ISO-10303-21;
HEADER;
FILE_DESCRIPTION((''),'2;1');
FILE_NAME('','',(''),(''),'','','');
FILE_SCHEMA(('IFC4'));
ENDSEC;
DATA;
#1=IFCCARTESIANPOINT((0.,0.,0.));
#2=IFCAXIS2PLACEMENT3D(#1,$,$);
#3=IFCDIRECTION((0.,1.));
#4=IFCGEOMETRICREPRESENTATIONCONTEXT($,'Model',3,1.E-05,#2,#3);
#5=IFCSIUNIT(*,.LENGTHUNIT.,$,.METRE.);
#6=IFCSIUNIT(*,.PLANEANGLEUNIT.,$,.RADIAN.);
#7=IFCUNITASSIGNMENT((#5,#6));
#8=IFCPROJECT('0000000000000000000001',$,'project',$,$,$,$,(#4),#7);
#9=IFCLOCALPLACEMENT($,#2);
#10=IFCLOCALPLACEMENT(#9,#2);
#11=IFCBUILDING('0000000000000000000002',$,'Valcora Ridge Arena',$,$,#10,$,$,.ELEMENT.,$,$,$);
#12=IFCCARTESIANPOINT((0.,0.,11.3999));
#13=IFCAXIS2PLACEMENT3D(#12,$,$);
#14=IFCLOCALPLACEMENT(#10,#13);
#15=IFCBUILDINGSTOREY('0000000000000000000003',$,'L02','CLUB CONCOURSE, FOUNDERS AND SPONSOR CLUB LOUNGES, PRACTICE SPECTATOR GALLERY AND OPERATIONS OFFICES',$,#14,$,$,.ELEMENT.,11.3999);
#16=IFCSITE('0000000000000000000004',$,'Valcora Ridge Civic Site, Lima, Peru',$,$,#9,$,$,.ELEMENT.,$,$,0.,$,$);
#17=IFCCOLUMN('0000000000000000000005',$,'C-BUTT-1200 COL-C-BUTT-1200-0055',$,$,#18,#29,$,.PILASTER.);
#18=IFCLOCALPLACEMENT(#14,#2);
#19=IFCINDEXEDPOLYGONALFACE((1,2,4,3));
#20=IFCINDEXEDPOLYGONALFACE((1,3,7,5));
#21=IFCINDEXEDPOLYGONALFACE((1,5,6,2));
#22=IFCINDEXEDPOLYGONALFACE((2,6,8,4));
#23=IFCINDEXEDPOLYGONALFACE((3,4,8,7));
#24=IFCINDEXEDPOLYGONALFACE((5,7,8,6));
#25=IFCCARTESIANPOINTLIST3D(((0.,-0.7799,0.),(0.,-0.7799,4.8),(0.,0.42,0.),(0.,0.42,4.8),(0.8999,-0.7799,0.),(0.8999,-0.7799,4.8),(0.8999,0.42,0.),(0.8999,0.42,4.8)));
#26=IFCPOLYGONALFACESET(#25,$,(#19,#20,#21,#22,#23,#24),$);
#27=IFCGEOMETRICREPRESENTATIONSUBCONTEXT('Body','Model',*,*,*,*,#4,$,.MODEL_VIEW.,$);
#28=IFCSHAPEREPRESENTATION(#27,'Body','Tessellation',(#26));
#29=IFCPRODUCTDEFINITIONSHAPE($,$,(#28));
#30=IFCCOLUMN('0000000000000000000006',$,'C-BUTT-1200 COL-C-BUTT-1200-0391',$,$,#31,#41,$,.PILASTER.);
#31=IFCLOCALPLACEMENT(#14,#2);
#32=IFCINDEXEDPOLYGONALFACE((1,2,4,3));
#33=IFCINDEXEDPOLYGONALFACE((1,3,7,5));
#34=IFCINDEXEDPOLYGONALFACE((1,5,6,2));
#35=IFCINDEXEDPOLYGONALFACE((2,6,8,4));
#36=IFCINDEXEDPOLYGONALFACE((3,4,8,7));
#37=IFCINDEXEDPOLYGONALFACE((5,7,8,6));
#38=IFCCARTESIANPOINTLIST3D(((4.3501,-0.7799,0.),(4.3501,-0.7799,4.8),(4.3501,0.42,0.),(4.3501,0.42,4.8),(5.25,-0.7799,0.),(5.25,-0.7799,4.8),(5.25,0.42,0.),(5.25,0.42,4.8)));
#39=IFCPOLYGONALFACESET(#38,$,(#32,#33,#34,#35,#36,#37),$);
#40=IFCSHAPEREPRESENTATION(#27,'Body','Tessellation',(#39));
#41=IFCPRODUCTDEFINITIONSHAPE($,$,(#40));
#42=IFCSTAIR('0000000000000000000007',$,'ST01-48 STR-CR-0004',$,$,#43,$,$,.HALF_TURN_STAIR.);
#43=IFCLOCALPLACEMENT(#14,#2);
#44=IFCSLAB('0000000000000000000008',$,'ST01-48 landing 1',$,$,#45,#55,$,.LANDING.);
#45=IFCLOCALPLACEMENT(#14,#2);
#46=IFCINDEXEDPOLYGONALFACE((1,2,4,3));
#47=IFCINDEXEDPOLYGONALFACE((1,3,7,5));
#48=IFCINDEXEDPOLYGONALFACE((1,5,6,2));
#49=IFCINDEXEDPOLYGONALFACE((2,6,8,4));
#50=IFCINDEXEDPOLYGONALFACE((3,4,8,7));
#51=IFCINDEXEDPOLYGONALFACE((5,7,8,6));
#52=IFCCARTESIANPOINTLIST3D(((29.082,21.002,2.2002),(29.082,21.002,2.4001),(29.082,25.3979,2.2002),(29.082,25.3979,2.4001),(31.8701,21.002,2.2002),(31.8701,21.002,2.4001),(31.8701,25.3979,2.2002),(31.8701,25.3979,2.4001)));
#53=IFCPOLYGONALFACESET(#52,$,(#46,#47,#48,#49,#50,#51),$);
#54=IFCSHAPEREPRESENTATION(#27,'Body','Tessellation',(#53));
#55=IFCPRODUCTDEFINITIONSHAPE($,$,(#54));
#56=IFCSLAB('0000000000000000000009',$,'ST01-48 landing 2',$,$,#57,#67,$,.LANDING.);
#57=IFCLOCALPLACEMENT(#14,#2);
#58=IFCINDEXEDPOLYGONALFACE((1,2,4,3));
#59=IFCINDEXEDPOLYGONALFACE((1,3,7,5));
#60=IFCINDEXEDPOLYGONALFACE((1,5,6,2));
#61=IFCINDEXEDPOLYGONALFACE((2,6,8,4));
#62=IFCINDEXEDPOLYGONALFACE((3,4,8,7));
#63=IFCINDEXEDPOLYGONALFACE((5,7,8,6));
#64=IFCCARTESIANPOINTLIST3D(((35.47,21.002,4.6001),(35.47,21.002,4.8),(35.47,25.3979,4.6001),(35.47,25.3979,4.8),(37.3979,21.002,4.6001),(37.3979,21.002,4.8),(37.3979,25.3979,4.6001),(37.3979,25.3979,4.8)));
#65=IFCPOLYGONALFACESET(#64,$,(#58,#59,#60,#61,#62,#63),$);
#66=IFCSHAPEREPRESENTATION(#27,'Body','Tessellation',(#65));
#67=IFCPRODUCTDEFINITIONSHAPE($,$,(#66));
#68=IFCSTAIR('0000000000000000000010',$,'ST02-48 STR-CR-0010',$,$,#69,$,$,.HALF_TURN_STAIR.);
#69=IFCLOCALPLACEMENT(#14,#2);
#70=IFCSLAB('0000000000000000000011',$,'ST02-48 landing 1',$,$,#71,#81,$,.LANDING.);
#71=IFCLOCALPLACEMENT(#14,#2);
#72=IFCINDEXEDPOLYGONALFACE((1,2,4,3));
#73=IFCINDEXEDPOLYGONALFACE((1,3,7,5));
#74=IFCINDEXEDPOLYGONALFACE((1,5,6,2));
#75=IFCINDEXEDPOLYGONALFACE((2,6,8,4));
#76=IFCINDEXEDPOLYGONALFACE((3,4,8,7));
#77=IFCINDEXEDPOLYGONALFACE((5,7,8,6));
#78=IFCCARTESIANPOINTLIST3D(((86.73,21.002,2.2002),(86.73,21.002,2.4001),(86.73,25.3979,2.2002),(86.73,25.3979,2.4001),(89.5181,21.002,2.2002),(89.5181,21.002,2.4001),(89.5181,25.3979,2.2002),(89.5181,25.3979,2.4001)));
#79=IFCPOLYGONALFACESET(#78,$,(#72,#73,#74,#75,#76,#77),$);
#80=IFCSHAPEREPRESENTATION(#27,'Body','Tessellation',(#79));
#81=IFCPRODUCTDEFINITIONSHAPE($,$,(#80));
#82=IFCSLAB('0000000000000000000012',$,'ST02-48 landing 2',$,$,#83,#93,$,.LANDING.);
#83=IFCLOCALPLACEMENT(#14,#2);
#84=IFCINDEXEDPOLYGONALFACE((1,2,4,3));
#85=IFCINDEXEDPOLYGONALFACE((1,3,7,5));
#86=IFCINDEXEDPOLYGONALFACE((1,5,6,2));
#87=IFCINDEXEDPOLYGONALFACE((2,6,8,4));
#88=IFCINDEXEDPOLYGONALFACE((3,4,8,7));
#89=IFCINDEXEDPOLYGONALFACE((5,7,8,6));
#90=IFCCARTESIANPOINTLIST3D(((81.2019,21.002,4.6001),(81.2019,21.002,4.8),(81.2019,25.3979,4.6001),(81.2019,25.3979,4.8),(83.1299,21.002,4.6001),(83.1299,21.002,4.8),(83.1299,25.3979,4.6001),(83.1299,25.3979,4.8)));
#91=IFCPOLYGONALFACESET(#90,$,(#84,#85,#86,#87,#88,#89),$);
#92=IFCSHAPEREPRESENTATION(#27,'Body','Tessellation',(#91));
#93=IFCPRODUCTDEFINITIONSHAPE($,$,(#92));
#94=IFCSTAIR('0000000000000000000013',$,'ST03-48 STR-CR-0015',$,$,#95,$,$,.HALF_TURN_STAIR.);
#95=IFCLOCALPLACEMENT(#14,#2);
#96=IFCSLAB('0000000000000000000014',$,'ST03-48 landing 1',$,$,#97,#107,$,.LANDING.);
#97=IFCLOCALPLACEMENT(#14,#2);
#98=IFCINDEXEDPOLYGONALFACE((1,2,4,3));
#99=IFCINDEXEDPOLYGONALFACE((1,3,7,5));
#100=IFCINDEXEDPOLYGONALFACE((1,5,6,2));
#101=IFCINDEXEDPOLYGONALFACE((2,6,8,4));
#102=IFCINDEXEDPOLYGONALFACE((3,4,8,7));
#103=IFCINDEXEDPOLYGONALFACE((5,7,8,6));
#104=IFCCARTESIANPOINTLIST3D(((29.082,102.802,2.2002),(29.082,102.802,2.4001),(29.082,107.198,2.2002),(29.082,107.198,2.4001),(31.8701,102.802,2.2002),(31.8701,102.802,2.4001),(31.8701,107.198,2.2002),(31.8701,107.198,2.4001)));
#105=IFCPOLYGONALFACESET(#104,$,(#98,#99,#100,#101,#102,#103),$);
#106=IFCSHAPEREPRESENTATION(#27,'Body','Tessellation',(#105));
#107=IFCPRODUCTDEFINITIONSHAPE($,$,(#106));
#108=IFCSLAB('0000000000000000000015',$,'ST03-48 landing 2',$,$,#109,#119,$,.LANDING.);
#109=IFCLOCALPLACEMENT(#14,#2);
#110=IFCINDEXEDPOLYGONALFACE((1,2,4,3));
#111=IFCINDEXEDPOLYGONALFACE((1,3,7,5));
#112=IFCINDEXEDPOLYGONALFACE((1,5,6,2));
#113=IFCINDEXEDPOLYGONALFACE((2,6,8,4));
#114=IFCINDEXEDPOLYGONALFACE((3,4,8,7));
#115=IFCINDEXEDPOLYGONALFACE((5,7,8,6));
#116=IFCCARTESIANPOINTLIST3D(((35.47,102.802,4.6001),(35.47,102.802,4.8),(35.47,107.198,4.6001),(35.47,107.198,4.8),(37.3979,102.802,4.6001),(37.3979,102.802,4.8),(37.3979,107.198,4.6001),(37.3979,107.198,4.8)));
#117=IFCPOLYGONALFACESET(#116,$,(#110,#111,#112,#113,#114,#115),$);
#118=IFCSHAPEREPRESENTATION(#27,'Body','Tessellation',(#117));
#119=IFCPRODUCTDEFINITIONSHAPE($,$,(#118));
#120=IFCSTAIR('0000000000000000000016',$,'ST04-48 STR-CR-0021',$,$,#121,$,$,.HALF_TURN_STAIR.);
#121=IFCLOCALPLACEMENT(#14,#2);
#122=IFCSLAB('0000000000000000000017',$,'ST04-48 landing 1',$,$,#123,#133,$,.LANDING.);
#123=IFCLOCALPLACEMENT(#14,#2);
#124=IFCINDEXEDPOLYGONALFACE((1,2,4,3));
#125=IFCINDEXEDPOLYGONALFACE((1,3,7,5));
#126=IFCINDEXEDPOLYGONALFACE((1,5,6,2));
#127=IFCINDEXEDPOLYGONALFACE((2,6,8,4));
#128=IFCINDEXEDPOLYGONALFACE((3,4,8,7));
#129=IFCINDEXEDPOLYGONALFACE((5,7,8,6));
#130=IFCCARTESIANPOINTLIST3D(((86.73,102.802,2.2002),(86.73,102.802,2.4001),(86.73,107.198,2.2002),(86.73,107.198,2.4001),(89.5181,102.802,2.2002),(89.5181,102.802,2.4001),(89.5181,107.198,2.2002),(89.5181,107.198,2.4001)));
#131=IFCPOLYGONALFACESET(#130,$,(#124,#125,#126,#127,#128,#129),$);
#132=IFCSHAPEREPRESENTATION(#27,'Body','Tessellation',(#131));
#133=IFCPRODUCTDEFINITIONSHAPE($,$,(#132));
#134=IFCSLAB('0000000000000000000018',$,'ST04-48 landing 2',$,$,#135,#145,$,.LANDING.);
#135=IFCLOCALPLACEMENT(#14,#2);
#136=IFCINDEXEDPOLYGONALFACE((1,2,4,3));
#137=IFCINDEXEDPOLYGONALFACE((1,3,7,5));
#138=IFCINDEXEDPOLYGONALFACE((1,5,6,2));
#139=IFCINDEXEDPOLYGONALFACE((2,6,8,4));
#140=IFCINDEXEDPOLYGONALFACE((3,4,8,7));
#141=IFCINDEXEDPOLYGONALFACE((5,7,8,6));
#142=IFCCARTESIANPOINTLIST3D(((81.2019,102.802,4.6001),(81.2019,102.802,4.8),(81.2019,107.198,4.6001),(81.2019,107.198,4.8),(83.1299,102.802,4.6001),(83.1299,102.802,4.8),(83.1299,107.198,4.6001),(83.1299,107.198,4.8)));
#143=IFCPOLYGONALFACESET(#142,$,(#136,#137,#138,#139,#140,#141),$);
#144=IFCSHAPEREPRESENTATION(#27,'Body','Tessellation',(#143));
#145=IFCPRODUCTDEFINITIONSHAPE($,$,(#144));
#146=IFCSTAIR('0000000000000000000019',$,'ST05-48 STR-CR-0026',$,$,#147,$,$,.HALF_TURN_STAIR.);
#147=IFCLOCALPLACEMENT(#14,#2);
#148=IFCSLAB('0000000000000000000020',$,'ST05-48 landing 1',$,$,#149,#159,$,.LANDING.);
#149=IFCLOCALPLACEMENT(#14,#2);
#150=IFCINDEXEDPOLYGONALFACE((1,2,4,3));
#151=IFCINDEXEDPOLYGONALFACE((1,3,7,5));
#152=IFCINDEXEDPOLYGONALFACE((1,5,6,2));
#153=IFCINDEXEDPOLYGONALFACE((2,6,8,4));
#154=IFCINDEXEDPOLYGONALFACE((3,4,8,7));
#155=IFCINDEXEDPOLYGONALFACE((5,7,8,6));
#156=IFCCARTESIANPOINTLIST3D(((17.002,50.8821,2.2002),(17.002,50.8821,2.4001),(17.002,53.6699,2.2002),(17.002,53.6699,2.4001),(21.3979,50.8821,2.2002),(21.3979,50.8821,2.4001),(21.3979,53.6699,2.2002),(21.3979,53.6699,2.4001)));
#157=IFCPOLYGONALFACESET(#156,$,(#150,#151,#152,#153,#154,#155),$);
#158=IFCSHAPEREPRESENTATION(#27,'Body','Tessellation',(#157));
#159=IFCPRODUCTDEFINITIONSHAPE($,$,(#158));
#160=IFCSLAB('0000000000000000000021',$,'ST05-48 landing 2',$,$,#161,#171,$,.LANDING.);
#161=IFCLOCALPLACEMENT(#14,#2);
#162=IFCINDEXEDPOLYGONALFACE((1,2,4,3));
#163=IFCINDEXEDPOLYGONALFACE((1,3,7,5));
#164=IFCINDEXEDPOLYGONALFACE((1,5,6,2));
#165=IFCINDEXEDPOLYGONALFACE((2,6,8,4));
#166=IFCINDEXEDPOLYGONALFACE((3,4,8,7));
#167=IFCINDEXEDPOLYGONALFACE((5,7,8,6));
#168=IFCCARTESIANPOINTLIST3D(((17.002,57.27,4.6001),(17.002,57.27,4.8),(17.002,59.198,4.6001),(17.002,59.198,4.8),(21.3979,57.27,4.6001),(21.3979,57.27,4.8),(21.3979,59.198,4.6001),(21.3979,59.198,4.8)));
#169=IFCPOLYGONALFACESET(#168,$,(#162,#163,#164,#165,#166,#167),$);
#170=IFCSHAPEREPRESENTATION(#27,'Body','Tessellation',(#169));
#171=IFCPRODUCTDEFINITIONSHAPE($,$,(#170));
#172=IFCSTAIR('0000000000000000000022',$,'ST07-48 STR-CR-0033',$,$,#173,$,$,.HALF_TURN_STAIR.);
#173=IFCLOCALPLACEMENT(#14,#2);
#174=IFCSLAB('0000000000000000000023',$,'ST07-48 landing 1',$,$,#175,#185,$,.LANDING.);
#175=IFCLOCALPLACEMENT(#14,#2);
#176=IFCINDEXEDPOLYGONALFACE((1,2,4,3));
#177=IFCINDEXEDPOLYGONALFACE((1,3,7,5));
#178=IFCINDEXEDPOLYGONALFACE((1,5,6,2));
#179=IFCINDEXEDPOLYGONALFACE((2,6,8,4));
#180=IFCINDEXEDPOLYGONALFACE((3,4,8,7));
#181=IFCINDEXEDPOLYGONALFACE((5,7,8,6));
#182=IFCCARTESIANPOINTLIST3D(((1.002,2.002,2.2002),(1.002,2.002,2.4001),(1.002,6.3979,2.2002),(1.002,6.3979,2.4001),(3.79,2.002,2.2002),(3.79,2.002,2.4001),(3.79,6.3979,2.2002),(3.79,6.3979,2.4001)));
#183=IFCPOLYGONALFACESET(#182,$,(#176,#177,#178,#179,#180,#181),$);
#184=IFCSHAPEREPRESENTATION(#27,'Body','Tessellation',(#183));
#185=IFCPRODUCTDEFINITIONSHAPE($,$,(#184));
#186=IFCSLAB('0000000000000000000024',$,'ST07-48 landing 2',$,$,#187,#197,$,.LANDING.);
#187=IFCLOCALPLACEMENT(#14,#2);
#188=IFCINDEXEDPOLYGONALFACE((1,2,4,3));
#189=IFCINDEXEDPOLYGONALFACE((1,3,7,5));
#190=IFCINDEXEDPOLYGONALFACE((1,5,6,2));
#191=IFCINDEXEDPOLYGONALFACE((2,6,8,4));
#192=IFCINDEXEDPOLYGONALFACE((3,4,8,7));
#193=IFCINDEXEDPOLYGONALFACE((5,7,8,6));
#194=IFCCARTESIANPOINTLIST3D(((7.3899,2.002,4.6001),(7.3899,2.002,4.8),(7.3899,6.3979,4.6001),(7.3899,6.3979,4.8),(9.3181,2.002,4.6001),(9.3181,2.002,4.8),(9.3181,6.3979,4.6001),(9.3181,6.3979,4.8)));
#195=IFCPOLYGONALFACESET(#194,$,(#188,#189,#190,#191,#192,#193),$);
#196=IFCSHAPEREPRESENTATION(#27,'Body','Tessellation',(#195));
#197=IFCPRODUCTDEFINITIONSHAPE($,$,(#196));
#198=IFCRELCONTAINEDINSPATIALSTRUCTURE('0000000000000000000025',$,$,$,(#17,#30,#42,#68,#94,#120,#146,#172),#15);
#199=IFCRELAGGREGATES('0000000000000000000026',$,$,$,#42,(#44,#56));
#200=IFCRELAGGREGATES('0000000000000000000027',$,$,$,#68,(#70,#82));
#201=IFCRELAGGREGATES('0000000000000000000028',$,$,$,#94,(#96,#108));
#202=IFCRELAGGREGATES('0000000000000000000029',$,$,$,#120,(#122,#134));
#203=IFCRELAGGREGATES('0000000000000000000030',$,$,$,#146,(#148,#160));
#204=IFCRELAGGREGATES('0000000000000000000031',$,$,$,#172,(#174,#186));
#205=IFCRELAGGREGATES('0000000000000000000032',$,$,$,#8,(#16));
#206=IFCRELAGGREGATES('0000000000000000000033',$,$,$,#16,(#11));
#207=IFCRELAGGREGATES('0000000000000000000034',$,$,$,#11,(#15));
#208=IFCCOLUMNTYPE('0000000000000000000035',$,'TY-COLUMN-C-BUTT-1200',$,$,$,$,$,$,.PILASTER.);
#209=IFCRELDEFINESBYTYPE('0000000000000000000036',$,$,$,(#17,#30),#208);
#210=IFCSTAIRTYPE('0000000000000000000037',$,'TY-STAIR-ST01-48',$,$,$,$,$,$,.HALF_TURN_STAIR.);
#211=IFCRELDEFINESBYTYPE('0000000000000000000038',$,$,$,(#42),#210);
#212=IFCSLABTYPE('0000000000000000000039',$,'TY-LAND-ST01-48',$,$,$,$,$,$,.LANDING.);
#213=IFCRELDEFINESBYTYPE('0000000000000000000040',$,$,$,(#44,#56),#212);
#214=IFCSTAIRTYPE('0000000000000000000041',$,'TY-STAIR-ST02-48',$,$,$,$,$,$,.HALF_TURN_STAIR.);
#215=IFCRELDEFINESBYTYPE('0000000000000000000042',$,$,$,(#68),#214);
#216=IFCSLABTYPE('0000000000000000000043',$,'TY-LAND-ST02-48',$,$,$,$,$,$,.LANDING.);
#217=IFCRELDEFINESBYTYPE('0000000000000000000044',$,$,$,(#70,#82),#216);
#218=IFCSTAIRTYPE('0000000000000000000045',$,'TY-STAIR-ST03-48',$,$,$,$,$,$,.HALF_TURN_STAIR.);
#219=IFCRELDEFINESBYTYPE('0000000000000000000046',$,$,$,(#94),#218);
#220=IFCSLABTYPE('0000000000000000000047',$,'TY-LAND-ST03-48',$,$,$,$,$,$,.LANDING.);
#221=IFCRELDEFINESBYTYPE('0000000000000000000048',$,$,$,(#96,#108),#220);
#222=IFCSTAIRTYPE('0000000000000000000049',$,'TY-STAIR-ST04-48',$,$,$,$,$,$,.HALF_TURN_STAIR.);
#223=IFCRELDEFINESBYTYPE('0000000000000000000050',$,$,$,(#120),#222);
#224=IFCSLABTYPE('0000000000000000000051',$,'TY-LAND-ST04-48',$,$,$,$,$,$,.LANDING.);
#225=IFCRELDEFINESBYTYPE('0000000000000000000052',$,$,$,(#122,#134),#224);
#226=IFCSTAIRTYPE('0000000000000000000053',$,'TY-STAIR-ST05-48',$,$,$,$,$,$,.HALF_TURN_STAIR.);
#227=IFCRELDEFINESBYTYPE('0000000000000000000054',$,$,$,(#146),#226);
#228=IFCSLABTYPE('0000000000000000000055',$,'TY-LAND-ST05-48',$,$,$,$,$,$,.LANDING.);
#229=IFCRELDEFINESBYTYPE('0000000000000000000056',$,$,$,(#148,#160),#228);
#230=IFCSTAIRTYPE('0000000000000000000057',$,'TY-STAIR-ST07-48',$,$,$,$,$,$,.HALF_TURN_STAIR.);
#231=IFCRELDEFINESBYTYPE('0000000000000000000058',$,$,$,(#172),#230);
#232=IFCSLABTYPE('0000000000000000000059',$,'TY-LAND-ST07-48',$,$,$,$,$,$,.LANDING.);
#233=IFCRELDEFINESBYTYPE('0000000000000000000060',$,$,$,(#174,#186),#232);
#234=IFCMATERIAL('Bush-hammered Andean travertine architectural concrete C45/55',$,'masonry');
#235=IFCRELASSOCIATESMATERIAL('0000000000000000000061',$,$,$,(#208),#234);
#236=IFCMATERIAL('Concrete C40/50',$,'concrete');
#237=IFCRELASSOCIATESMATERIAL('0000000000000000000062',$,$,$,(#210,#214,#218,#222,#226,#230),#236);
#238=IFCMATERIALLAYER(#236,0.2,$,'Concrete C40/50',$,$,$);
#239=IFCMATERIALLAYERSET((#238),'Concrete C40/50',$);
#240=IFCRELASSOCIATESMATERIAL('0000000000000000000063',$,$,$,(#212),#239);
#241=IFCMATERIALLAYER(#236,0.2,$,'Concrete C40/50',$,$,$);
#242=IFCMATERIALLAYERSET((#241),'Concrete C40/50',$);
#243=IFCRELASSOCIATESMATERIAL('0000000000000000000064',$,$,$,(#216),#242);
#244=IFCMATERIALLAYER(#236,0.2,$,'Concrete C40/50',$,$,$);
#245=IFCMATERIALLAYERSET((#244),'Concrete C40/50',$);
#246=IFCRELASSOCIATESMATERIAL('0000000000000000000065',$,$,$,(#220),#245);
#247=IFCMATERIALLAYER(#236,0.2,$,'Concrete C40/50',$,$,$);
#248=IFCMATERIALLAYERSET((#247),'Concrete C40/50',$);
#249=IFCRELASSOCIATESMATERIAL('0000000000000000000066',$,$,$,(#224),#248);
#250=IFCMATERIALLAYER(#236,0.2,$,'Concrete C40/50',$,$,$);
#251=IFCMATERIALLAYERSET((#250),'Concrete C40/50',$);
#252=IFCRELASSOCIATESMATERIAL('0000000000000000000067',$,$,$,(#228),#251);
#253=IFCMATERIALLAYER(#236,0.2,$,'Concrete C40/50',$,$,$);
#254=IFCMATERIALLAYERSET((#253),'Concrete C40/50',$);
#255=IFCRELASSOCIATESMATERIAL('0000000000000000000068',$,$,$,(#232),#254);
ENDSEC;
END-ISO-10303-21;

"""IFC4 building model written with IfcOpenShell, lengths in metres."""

from ifc_helpers import new_model, si_unit, direction, frame, origin, origin_2d, place, context, subcontext, project, spatial, polyline, rectangle, outline, extrude, material, layer, layer_set, material_profile, profile_set, type_object, element, aggregate, save


model = new_model("IFC4")

# Units and contexts
model_context = context("Model", 3, precision=1e-05, world=origin(), true_north=direction((0.0, 1.0)))
body_context = subcontext(model_context, "Body", "Model", "MODEL_VIEW")
ifc_project = project(units=[si_unit("LENGTHUNIT", "METRE"), si_unit("PLANEANGLEUNIT", "RADIAN")], contexts=[model_context])

# Site, building, storey
site_placement = place(None, origin())
site = spatial("IfcSite", under=ifc_project, at=site_placement, Name="Valcora Ridge Civic Site, Lima, Peru", CompositionType="ELEMENT", RefElevation=0.0)
building_placement = place(site_placement, origin())
building = spatial("IfcBuilding", under=site, at=building_placement, Name="Valcora Ridge Arena", CompositionType="ELEMENT")
storey_placement = place(building_placement, frame((0.0, 0.0, 11.3999)))
storey = spatial("IfcBuildingStorey", under=building, at=storey_placement, Name="L02", Description="CLUB CONCOURSE, FOUNDERS AND SPONSOR CLUB LOUNGES, PRACTICE SPECTATOR GALLERY AND OPERATIONS OFFICES", CompositionType="ELEMENT", Elevation=11.3999)

# Columns
ifc_material_1 = material(Name="Bush-hammered Andean travertine architectural concrete C45/55", Category="masonry")
ifc_material_profile = material_profile(ifc_material_1, rectangle(XDim=0.8999, YDim=1.2, at=origin_2d()), Name="RC 900x1200")
ifc_profile_set = profile_set([ifc_material_profile], Name="Bush-hammered Andean travertine architectural concrete C45/55")
column_type = type_object("IfcColumnType", Name="TY-COLUMN-C-BUTT-1200", PredefinedType="PILASTER", material=ifc_profile_set)
for number, where, z_axis, x_axis, name in (
    (1, (0.45, -0.1799, 0.0), (0.0, 0.0, 1.0), (1.0, 0.0, 0.0), "C-BUTT-1200 COL-C-BUTT-1200-0055"),
    (2, (4.8, -0.1799, 0.0), (0.0, 0.0, 1.0), (1.0, 0.0, 0.0), "C-BUTT-1200 COL-C-BUTT-1200-0391"),
):
    element("IfcColumn", number, at=place(storey_placement, frame(where, z_axis=z_axis, x_axis=x_axis)), inside=storey, type_object=column_type, Name=name, PredefinedType="PILASTER", context=body_context, shape_type="SweptSolid", body=[
        extrude(rectangle(XDim=0.8999, YDim=1.2, at=origin_2d()), origin(), (0.0, 0.0, 1.0), 4.8),
    ])

# Stairs, slabs
ifc_material_2 = material(Name="Concrete C40/50", Category="concrete")
stair_type_1 = type_object("IfcStairType", Name="TY-STAIR-ST01-48", PredefinedType="HALF_TURN_STAIR", material=ifc_material_2)
stair_1_placement = place(storey_placement, origin())
stair_1 = element("IfcStair", 3, at=stair_1_placement, inside=storey, type_object=stair_type_1, Name="ST01-48 STR-CR-0004", PredefinedType="HALF_TURN_STAIR")
ifc_layer_1 = layer(ifc_material_2, 0.2, Name="Concrete C40/50")
ifc_layer_set_1 = layer_set([ifc_layer_1], Name="Concrete C40/50")
slab_type_1 = type_object("IfcSlabType", Name="TY-LAND-ST01-48", PredefinedType="LANDING", material=ifc_layer_set_1)
slab_1_placement = place(storey_placement, frame((0.0, 0.0, 2.2002)))
slab_1 = element("IfcSlab", 4, at=slab_1_placement, type_object=slab_type_1, Name="ST01-48 landing 1", PredefinedType="LANDING", context=body_context, shape_type="SweptSolid", body=[
    extrude(outline(polyline([(29.082, 21.002), (31.8701, 21.002), (31.8701, 25.3979), (29.082, 25.3979), (29.082, 21.002)])), origin(), (0.0, 0.0, 1.0), 0.2),
])
slab_2_placement = place(storey_placement, frame((0.0, 0.0, 4.6001)))
slab_2 = element("IfcSlab", 5, at=slab_2_placement, type_object=slab_type_1, Name="ST01-48 landing 2", PredefinedType="LANDING", context=body_context, shape_type="SweptSolid", body=[
    extrude(outline(polyline([(35.47, 21.002), (37.3979, 21.002), (37.3979, 25.3979), (35.47, 25.3979), (35.47, 21.002)])), origin(), (0.0, 0.0, 1.0), 0.2),
])
aggregate(stair_1, [slab_1, slab_2])
stair_type_2 = type_object("IfcStairType", Name="TY-STAIR-ST02-48", PredefinedType="HALF_TURN_STAIR", material=ifc_material_2)
stair_2_placement = place(storey_placement, origin())
stair_2 = element("IfcStair", 6, at=stair_2_placement, inside=storey, type_object=stair_type_2, Name="ST02-48 STR-CR-0010", PredefinedType="HALF_TURN_STAIR")
ifc_layer_2 = layer(ifc_material_2, 0.2, Name="Concrete C40/50")
ifc_layer_set_2 = layer_set([ifc_layer_2], Name="Concrete C40/50")
slab_type_2 = type_object("IfcSlabType", Name="TY-LAND-ST02-48", PredefinedType="LANDING", material=ifc_layer_set_2)
slab_3_placement = place(storey_placement, frame((0.0, 0.0, 2.2002)))
slab_3 = element("IfcSlab", 7, at=slab_3_placement, type_object=slab_type_2, Name="ST02-48 landing 1", PredefinedType="LANDING", context=body_context, shape_type="SweptSolid", body=[
    extrude(outline(polyline([(86.73, 21.002), (89.5181, 21.002), (89.5181, 25.3979), (86.73, 25.3979), (86.73, 21.002)])), origin(), (0.0, 0.0, 1.0), 0.2),
])
slab_4_placement = place(storey_placement, frame((0.0, 0.0, 4.6001)))
slab_4 = element("IfcSlab", 8, at=slab_4_placement, type_object=slab_type_2, Name="ST02-48 landing 2", PredefinedType="LANDING", context=body_context, shape_type="SweptSolid", body=[
    extrude(outline(polyline([(81.2019, 21.002), (83.1299, 21.002), (83.1299, 25.3979), (81.2019, 25.3979), (81.2019, 21.002)])), origin(), (0.0, 0.0, 1.0), 0.2),
])
aggregate(stair_2, [slab_3, slab_4])
stair_type_3 = type_object("IfcStairType", Name="TY-STAIR-ST03-48", PredefinedType="HALF_TURN_STAIR", material=ifc_material_2)
stair_3_placement = place(storey_placement, origin())
stair_3 = element("IfcStair", 9, at=stair_3_placement, inside=storey, type_object=stair_type_3, Name="ST03-48 STR-CR-0015", PredefinedType="HALF_TURN_STAIR")
ifc_layer_3 = layer(ifc_material_2, 0.2, Name="Concrete C40/50")
ifc_layer_set_3 = layer_set([ifc_layer_3], Name="Concrete C40/50")
slab_type_3 = type_object("IfcSlabType", Name="TY-LAND-ST03-48", PredefinedType="LANDING", material=ifc_layer_set_3)
slab_5_placement = place(storey_placement, frame((0.0, 0.0, 2.2002)))
slab_5 = element("IfcSlab", 10, at=slab_5_placement, type_object=slab_type_3, Name="ST03-48 landing 1", PredefinedType="LANDING", context=body_context, shape_type="SweptSolid", body=[
    extrude(outline(polyline([(29.082, 102.802), (31.8701, 102.802), (31.8701, 107.198), (29.082, 107.198), (29.082, 102.802)])), origin(), (0.0, 0.0, 1.0), 0.2),
])
slab_6_placement = place(storey_placement, frame((0.0, 0.0, 4.6001)))
slab_6 = element("IfcSlab", 11, at=slab_6_placement, type_object=slab_type_3, Name="ST03-48 landing 2", PredefinedType="LANDING", context=body_context, shape_type="SweptSolid", body=[
    extrude(outline(polyline([(35.47, 102.802), (37.3979, 102.802), (37.3979, 107.198), (35.47, 107.198), (35.47, 102.802)])), origin(), (0.0, 0.0, 1.0), 0.2),
])
aggregate(stair_3, [slab_5, slab_6])
stair_type_4 = type_object("IfcStairType", Name="TY-STAIR-ST04-48", PredefinedType="HALF_TURN_STAIR", material=ifc_material_2)
stair_4_placement = place(storey_placement, origin())
stair_4 = element("IfcStair", 12, at=stair_4_placement, inside=storey, type_object=stair_type_4, Name="ST04-48 STR-CR-0021", PredefinedType="HALF_TURN_STAIR")
ifc_layer_4 = layer(ifc_material_2, 0.2, Name="Concrete C40/50")
ifc_layer_set_4 = layer_set([ifc_layer_4], Name="Concrete C40/50")
slab_type_4 = type_object("IfcSlabType", Name="TY-LAND-ST04-48", PredefinedType="LANDING", material=ifc_layer_set_4)
slab_7_placement = place(storey_placement, frame((0.0, 0.0, 2.2002)))
slab_7 = element("IfcSlab", 13, at=slab_7_placement, type_object=slab_type_4, Name="ST04-48 landing 1", PredefinedType="LANDING", context=body_context, shape_type="SweptSolid", body=[
    extrude(outline(polyline([(86.73, 102.802), (89.5181, 102.802), (89.5181, 107.198), (86.73, 107.198), (86.73, 102.802)])), origin(), (0.0, 0.0, 1.0), 0.2),
])
slab_8_placement = place(storey_placement, frame((0.0, 0.0, 4.6001)))
slab_8 = element("IfcSlab", 14, at=slab_8_placement, type_object=slab_type_4, Name="ST04-48 landing 2", PredefinedType="LANDING", context=body_context, shape_type="SweptSolid", body=[
    extrude(outline(polyline([(81.2019, 102.802), (83.1299, 102.802), (83.1299, 107.198), (81.2019, 107.198), (81.2019, 102.802)])), origin(), (0.0, 0.0, 1.0), 0.2),
])
aggregate(stair_4, [slab_7, slab_8])
stair_type_5 = type_object("IfcStairType", Name="TY-STAIR-ST05-48", PredefinedType="HALF_TURN_STAIR", material=ifc_material_2)
stair_5_placement = place(storey_placement, origin())
stair_5 = element("IfcStair", 15, at=stair_5_placement, inside=storey, type_object=stair_type_5, Name="ST05-48 STR-CR-0026", PredefinedType="HALF_TURN_STAIR")
ifc_layer_5 = layer(ifc_material_2, 0.2, Name="Concrete C40/50")
ifc_layer_set_5 = layer_set([ifc_layer_5], Name="Concrete C40/50")
slab_type_5 = type_object("IfcSlabType", Name="TY-LAND-ST05-48", PredefinedType="LANDING", material=ifc_layer_set_5)
slab_9_placement = place(storey_placement, frame((0.0, 0.0, 2.2002)))
slab_9 = element("IfcSlab", 16, at=slab_9_placement, type_object=slab_type_5, Name="ST05-48 landing 1", PredefinedType="LANDING", context=body_context, shape_type="SweptSolid", body=[
    extrude(outline(polyline([(17.002, 50.8821), (21.3979, 50.8821), (21.3979, 53.6699), (17.002, 53.6699), (17.002, 50.8821)])), origin(), (0.0, 0.0, 1.0), 0.2),
])
slab_10_placement = place(storey_placement, frame((0.0, 0.0, 4.6001)))
slab_10 = element("IfcSlab", 17, at=slab_10_placement, type_object=slab_type_5, Name="ST05-48 landing 2", PredefinedType="LANDING", context=body_context, shape_type="SweptSolid", body=[
    extrude(outline(polyline([(17.002, 57.27), (21.3979, 57.27), (21.3979, 59.198), (17.002, 59.198), (17.002, 57.27)])), origin(), (0.0, 0.0, 1.0), 0.2),
])
aggregate(stair_5, [slab_9, slab_10])
stair_type_6 = type_object("IfcStairType", Name="TY-STAIR-ST07-48", PredefinedType="HALF_TURN_STAIR", material=ifc_material_2)
stair_6_placement = place(storey_placement, origin())
stair_6 = element("IfcStair", 18, at=stair_6_placement, inside=storey, type_object=stair_type_6, Name="ST07-48 STR-CR-0033", PredefinedType="HALF_TURN_STAIR")
ifc_layer_6 = layer(ifc_material_2, 0.2, Name="Concrete C40/50")
ifc_layer_set_6 = layer_set([ifc_layer_6], Name="Concrete C40/50")
slab_type_6 = type_object("IfcSlabType", Name="TY-LAND-ST07-48", PredefinedType="LANDING", material=ifc_layer_set_6)
slab_11_placement = place(storey_placement, frame((0.0, 0.0, 2.2002)))
slab_11 = element("IfcSlab", 19, at=slab_11_placement, type_object=slab_type_6, Name="ST07-48 landing 1", PredefinedType="LANDING", context=body_context, shape_type="SweptSolid", body=[
    extrude(outline(polyline([(1.002, 2.002), (3.79, 2.002), (3.79, 6.3979), (1.002, 6.3979), (1.002, 2.002)])), origin(), (0.0, 0.0, 1.0), 0.2),
])
slab_12_placement = place(storey_placement, frame((0.0, 0.0, 4.6001)))
slab_12 = element("IfcSlab", 20, at=slab_12_placement, type_object=slab_type_6, Name="ST07-48 landing 2", PredefinedType="LANDING", context=body_context, shape_type="SweptSolid", body=[
    extrude(outline(polyline([(7.3899, 2.002), (9.3181, 2.002), (9.3181, 6.3979), (7.3899, 6.3979), (7.3899, 2.002)])), origin(), (0.0, 0.0, 1.0), 0.2),
])
aggregate(stair_6, [slab_11, slab_12])

save(model, "model.ifc")
